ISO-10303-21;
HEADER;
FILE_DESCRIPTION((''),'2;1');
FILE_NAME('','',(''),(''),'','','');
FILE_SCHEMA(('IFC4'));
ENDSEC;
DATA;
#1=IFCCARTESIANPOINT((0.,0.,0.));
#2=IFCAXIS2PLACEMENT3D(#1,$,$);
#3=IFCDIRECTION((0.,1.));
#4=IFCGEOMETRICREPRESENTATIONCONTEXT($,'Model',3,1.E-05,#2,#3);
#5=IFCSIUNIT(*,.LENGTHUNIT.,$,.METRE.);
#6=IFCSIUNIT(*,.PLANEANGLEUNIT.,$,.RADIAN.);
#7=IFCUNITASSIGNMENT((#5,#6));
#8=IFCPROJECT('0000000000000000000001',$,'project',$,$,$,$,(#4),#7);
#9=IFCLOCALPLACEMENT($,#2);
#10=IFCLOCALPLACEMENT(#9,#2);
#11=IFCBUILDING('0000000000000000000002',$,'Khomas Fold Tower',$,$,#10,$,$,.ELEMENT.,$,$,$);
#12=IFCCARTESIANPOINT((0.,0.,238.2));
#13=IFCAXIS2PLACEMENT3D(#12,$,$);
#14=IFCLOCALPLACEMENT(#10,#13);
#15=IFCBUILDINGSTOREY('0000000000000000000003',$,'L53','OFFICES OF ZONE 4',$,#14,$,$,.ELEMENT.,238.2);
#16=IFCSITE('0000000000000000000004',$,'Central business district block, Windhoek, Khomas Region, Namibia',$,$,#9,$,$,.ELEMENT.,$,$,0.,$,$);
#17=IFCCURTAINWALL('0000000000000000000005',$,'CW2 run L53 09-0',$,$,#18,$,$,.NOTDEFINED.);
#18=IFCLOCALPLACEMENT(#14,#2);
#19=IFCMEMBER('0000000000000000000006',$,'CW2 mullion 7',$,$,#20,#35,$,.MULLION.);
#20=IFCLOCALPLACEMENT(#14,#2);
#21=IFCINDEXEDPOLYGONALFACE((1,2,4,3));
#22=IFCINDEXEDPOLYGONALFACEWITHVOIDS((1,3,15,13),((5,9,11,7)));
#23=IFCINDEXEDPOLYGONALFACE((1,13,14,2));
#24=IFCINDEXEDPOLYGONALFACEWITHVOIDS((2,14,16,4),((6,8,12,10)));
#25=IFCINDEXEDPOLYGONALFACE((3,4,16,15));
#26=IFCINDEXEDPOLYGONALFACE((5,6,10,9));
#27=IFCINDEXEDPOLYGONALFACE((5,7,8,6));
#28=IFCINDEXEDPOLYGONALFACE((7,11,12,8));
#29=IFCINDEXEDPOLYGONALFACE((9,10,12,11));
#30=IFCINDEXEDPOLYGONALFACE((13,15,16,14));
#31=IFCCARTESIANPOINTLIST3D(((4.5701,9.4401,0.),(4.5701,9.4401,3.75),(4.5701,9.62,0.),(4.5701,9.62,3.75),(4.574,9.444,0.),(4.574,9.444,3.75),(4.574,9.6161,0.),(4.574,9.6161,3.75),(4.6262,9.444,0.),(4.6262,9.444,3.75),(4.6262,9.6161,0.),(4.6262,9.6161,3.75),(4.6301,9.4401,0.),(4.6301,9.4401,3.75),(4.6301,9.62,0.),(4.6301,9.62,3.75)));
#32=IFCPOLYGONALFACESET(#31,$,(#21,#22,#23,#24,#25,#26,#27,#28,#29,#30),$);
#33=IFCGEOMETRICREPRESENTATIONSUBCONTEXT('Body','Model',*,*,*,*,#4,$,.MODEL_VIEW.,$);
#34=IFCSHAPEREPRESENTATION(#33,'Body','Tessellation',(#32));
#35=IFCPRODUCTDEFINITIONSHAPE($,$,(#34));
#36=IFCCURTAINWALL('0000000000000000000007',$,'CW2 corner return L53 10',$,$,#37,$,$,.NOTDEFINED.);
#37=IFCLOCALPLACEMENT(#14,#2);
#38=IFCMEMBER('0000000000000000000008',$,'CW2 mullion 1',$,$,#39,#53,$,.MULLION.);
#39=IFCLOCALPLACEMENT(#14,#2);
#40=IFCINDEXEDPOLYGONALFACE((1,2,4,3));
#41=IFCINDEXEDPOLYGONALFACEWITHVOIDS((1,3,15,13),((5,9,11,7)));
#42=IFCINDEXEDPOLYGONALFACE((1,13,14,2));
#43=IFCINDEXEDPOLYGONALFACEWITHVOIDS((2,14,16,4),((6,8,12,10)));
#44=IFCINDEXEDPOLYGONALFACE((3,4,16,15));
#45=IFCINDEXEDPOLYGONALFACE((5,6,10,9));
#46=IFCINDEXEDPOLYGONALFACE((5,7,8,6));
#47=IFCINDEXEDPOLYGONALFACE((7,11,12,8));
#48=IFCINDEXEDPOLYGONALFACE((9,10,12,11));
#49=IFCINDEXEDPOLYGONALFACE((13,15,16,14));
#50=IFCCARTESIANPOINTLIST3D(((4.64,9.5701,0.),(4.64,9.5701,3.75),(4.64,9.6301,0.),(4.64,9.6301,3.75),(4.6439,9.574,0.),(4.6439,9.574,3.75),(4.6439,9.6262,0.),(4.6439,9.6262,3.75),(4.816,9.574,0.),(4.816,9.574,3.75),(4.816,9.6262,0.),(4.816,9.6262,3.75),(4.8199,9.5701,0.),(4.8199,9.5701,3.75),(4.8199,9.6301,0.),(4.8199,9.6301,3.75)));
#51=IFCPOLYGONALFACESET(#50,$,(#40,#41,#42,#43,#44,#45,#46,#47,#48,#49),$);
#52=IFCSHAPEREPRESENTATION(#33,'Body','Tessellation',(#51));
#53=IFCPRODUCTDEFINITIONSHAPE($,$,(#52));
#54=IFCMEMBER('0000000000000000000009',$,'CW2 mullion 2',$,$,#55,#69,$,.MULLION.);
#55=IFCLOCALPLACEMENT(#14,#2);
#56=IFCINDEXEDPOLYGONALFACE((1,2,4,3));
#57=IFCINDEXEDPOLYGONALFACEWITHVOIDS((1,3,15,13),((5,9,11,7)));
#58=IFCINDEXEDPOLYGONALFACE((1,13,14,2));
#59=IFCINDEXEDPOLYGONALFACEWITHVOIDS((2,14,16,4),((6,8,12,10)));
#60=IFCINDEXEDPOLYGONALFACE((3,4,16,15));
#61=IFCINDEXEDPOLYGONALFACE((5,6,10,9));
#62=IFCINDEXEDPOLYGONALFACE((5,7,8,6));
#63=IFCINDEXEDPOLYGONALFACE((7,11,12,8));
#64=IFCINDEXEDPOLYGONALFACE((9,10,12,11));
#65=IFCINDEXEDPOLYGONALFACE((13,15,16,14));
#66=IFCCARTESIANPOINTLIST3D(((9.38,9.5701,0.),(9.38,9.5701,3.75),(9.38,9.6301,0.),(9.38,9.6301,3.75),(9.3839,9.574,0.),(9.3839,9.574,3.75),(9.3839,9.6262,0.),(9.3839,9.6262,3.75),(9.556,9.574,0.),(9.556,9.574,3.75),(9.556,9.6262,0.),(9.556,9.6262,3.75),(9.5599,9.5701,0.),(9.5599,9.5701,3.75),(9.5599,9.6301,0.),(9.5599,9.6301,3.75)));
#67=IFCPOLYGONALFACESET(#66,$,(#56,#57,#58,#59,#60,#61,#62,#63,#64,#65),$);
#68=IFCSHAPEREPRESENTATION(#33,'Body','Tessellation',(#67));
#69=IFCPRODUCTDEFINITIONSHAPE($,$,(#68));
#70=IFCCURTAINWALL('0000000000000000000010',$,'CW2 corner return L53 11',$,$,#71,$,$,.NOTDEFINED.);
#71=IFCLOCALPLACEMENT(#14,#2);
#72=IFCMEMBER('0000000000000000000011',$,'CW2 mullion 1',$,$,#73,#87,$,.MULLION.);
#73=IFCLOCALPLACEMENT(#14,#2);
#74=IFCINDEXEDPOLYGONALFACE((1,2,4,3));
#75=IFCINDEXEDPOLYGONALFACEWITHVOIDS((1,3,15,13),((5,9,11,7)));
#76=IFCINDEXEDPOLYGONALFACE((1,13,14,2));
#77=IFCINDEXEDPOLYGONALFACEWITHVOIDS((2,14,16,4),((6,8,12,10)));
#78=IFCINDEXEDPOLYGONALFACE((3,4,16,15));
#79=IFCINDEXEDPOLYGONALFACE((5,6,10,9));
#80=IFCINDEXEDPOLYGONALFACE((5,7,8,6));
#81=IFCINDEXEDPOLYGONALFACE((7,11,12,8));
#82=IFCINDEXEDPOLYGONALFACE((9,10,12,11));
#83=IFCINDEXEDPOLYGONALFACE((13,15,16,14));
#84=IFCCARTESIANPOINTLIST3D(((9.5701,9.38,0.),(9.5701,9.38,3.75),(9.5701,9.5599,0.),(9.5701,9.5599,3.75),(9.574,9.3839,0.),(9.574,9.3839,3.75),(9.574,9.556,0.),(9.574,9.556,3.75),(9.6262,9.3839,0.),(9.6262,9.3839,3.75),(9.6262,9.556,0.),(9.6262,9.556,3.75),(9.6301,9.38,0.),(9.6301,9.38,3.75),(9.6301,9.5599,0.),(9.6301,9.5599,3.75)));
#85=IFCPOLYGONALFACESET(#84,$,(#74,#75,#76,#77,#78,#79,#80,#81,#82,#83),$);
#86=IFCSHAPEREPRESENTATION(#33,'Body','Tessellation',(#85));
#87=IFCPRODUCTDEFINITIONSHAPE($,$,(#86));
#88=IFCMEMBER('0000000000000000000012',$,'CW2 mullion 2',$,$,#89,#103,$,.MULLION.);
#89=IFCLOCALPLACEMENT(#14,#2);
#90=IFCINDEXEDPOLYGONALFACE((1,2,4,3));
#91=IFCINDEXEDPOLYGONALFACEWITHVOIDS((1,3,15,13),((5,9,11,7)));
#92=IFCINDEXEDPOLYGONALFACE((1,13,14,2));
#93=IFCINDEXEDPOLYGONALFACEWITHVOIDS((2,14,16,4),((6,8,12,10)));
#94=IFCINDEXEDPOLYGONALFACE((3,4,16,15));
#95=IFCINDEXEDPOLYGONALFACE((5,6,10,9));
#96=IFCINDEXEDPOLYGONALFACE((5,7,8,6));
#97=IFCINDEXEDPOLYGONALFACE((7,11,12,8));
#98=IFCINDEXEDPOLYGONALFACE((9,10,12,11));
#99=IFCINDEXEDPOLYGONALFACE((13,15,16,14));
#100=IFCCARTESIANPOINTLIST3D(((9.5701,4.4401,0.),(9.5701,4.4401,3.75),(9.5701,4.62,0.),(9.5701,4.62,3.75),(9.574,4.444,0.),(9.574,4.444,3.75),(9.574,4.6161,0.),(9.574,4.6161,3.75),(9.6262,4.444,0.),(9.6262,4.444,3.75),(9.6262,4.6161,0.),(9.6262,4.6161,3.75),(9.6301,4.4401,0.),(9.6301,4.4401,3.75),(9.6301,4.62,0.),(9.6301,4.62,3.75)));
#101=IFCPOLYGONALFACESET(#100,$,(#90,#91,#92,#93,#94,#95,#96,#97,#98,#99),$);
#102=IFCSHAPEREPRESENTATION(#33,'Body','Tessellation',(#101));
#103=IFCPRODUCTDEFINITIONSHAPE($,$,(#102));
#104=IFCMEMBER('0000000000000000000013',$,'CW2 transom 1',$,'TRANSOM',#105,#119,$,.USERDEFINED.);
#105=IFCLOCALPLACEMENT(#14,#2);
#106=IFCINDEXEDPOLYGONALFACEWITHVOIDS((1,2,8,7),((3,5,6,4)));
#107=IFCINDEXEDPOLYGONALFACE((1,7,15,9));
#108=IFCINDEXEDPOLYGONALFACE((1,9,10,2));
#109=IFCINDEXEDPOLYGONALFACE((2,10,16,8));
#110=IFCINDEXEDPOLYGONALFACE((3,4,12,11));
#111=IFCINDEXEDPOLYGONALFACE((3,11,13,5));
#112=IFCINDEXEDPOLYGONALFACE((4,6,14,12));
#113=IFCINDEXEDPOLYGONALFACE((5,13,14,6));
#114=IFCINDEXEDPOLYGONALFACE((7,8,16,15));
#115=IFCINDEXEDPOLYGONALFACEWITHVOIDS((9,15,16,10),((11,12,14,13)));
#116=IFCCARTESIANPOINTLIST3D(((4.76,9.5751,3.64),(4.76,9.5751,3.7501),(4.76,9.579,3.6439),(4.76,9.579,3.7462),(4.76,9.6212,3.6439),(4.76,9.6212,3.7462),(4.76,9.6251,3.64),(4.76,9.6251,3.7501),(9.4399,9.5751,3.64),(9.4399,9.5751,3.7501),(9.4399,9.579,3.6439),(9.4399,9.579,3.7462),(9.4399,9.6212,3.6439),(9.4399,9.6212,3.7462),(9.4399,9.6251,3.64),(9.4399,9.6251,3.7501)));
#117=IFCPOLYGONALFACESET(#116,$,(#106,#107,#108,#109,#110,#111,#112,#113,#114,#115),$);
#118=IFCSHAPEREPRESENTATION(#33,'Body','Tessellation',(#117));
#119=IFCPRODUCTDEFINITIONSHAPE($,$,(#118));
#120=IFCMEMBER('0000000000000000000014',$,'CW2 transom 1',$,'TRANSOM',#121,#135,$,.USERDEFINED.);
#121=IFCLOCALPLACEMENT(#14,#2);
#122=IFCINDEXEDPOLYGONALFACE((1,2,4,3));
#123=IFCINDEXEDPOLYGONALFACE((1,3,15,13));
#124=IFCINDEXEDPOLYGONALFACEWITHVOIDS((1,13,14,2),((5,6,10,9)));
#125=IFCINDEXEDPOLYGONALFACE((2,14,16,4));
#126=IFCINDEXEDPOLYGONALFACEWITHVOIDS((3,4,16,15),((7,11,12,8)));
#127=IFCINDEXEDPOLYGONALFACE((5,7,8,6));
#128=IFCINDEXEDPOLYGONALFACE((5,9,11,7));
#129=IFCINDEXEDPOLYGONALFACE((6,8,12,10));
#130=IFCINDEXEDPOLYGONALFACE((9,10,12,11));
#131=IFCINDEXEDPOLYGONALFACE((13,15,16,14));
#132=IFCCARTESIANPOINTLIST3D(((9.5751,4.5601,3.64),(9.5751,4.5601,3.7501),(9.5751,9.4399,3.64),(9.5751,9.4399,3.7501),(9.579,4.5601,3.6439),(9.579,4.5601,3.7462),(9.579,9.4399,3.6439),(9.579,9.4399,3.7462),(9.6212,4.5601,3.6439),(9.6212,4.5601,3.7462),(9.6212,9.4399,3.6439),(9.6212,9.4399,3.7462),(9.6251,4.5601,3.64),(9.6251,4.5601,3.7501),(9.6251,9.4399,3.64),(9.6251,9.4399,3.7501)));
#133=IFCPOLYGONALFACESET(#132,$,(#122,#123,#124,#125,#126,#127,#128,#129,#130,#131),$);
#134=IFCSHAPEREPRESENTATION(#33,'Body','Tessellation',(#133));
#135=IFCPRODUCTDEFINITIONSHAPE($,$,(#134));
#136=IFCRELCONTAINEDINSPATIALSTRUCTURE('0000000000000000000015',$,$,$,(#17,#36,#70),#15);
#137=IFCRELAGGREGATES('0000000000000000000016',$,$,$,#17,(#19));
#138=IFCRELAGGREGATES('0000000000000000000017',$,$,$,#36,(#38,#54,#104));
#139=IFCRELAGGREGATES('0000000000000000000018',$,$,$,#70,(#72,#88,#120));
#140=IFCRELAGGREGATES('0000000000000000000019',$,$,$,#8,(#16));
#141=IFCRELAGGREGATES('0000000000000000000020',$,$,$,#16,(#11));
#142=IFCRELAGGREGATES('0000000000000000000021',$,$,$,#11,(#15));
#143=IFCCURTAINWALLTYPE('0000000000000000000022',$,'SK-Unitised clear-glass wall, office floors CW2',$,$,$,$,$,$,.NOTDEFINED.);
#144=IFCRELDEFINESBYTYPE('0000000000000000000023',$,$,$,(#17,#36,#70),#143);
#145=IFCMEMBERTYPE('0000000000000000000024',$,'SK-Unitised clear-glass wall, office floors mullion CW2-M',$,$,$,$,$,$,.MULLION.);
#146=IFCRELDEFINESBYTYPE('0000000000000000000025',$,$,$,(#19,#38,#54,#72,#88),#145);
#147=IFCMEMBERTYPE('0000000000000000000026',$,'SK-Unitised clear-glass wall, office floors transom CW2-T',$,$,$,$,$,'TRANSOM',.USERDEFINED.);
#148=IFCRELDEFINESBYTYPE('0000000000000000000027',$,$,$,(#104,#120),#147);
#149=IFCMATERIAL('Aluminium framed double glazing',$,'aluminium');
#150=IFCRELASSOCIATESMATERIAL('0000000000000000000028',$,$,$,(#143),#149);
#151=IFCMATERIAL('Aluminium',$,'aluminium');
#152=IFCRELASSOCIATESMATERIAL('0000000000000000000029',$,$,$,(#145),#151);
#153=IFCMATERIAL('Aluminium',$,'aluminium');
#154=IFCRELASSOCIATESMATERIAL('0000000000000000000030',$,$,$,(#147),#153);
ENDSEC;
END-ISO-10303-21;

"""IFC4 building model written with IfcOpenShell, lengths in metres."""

from ifc_helpers import new_model, si_unit, direction, frame, origin, origin_2d, place, context, subcontext, project, spatial, hollow_rectangle, extrude, source, transform, mapped, material, material_profile, profile_set, type_object, element, aggregate, save


model = new_model("IFC4")

# Units and contexts
model_context = context("Model", 3, precision=1e-05, world=origin(), true_north=direction((0.0, 1.0)))
body_context = subcontext(model_context, "Body", "Model", "MODEL_VIEW")
ifc_project = project(units=[si_unit("LENGTHUNIT", "METRE"), si_unit("PLANEANGLEUNIT", "RADIAN")], contexts=[model_context])

# Site, building, storey
site_placement = place(None, origin())
site = spatial("IfcSite", under=ifc_project, at=site_placement, Name="Central business district block, Windhoek, Khomas Region, Namibia", CompositionType="ELEMENT", RefElevation=0.0)
building_placement = place(site_placement, origin())
building = spatial("IfcBuilding", under=site, at=building_placement, Name="Khomas Fold Tower", CompositionType="ELEMENT")
storey_placement = place(building_placement, frame((0.0, 0.0, 238.2)))
storey = spatial("IfcBuildingStorey", under=building, at=storey_placement, Name="L53", Description="OFFICES OF ZONE 4", CompositionType="ELEMENT", Elevation=238.2)

# Curtain wall, member
ifc_material_1 = material(Name="Aluminium framed double glazing", Category="aluminium")
curtain_wall_type = type_object("IfcCurtainWallType", Name="SK-Unitised clear-glass wall, office floors CW2", PredefinedType="NOTDEFINED", material=ifc_material_1)
curtain_wall_1_placement = place(storey_placement, origin())
curtain_wall_1 = element("IfcCurtainWall", 1, at=curtain_wall_1_placement, inside=storey, type_object=curtain_wall_type, Name="CW2 run L53 09-0", PredefinedType="NOTDEFINED")
ifc_material_2 = material(Name="Aluminium", Category="aluminium")
ifc_material_profile_1 = material_profile(ifc_material_2, hollow_rectangle(XDim=0.0601, YDim=0.1799, WallThickness=0.0039, at=origin_2d()), Name="SK-Unitised clear-glass wall, office floors mullion CW2-M")
ifc_profile_set_1 = profile_set([ifc_material_profile_1], Name="Aluminium")
member_type_1 = type_object("IfcMemberType", Name="SK-Unitised clear-glass wall, office floors mullion CW2-M", PredefinedType="MULLION", material=ifc_profile_set_1)
shared_shape_1 = source(origin(), body_context, "Body", "SweptSolid", [
    extrude(hollow_rectangle(XDim=0.0601, YDim=0.1799, WallThickness=0.0039, at=origin_2d()), origin(), (0.0, 0.0, 1.0), 3.75),
])
member_1_placement = place(storey_placement, frame((4.6001, 9.53, 0.0), z_axis=(0.0, 0.0, 1.0), x_axis=(1.0, 0.0, 0.0)))
member_1 = element("IfcMember", 2, at=member_1_placement, type_object=member_type_1, Name="CW2 mullion 7", PredefinedType="MULLION", context=body_context, shape_type="MappedRepresentation", body=[
    mapped(shared_shape_1, transform((0.0, 0.0, 0.0))),
])

# Curtain walls, members
curtain_wall_2_placement = place(storey_placement, origin())
curtain_wall_2 = element("IfcCurtainWall", 3, at=curtain_wall_2_placement, inside=storey, type_object=curtain_wall_type, Name="CW2 corner return L53 10", PredefinedType="NOTDEFINED")
member_2_placement = place(storey_placement, frame((4.73, 9.6001, 0.0), z_axis=(0.0, 0.0, 1.0), x_axis=(0.0, 1.0, 0.0)))
member_2 = element("IfcMember", 4, at=member_2_placement, type_object=member_type_1, Name="CW2 mullion 1", PredefinedType="MULLION", context=body_context, shape_type="MappedRepresentation", body=[
    mapped(shared_shape_1, transform((0.0, 0.0, 0.0))),
])
member_3_placement = place(storey_placement, frame((9.47, 9.6001, 0.0), z_axis=(0.0, 0.0, 1.0), x_axis=(0.0, 1.0, 0.0)))
member_3 = element("IfcMember", 5, at=member_3_placement, type_object=member_type_1, Name="CW2 mullion 2", PredefinedType="MULLION", context=body_context, shape_type="MappedRepresentation", body=[
    mapped(shared_shape_1, transform((0.0, 0.0, 0.0))),
])
curtain_wall_3_placement = place(storey_placement, origin())
curtain_wall_3 = element("IfcCurtainWall", 6, at=curtain_wall_3_placement, inside=storey, type_object=curtain_wall_type, Name="CW2 corner return L53 11", PredefinedType="NOTDEFINED")
member_4_placement = place(storey_placement, frame((9.6001, 9.47, 0.0), z_axis=(0.0, 0.0, 1.0), x_axis=(1.0, 0.0, 0.0)))
member_4 = element("IfcMember", 7, at=member_4_placement, type_object=member_type_1, Name="CW2 mullion 1", PredefinedType="MULLION", context=body_context, shape_type="MappedRepresentation", body=[
    mapped(shared_shape_1, transform((0.0, 0.0, 0.0))),
])
member_5_placement = place(storey_placement, frame((9.6001, 4.53, 0.0), z_axis=(0.0, 0.0, 1.0), x_axis=(1.0, 0.0, 0.0)))
member_5 = element("IfcMember", 8, at=member_5_placement, type_object=member_type_1, Name="CW2 mullion 2", PredefinedType="MULLION", context=body_context, shape_type="MappedRepresentation", body=[
    mapped(shared_shape_1, transform((0.0, 0.0, 0.0))),
])

# Members
ifc_material_3 = material(Name="Aluminium", Category="aluminium")
ifc_material_profile_2 = material_profile(ifc_material_3, hollow_rectangle(XDim=0.05, YDim=0.1101, WallThickness=0.0039, at=origin_2d()), Name="SK-Unitised clear-glass wall, office floors transom CW2-T")
ifc_profile_set_2 = profile_set([ifc_material_profile_2], Name="Aluminium")
member_type_2 = type_object("IfcMemberType", Name="SK-Unitised clear-glass wall, office floors transom CW2-T", ElementType="TRANSOM", PredefinedType="USERDEFINED", material=ifc_profile_set_2)
shared_shape_2 = source(origin(), body_context, "Body", "SweptSolid", [
    extrude(hollow_rectangle(XDim=0.05, YDim=0.1101, WallThickness=0.0039, at=origin_2d()), origin(), (0.0, 0.0, 1.0), 4.6799),
])
member_6_placement = place(storey_placement, frame((4.76, 9.6001, 3.6951), z_axis=(1.0, 0.0, 0.0), x_axis=(0.0, 1.0, 0.0)))
member_6 = element("IfcMember", 9, at=member_6_placement, type_object=member_type_2, Name="CW2 transom 1", ObjectType="TRANSOM", PredefinedType="USERDEFINED", context=body_context, shape_type="MappedRepresentation", body=[
    mapped(shared_shape_2, transform((0.0, 0.0, 0.0))),
])
shared_shape_3 = source(origin(), body_context, "Body", "SweptSolid", [
    extrude(hollow_rectangle(XDim=0.05, YDim=0.1101, WallThickness=0.0039, at=origin_2d()), origin(), (0.0, 0.0, 1.0), 4.8799),
])
member_7_placement = place(storey_placement, frame((9.6001, 9.4399, 3.6951), z_axis=(0.0, -1.0, 0.0), x_axis=(1.0, 0.0, 0.0)))
member_7 = element("IfcMember", 10, at=member_7_placement, type_object=member_type_2, Name="CW2 transom 1", ObjectType="TRANSOM", PredefinedType="USERDEFINED", context=body_context, shape_type="MappedRepresentation", body=[
    mapped(shared_shape_3, transform((0.0, 0.0, 0.0))),
])

aggregate(curtain_wall_1, [member_1])
aggregate(curtain_wall_2, [member_2, member_3, member_6])
aggregate(curtain_wall_3, [member_4, member_5, member_7])

save(model, "model.ifc")
